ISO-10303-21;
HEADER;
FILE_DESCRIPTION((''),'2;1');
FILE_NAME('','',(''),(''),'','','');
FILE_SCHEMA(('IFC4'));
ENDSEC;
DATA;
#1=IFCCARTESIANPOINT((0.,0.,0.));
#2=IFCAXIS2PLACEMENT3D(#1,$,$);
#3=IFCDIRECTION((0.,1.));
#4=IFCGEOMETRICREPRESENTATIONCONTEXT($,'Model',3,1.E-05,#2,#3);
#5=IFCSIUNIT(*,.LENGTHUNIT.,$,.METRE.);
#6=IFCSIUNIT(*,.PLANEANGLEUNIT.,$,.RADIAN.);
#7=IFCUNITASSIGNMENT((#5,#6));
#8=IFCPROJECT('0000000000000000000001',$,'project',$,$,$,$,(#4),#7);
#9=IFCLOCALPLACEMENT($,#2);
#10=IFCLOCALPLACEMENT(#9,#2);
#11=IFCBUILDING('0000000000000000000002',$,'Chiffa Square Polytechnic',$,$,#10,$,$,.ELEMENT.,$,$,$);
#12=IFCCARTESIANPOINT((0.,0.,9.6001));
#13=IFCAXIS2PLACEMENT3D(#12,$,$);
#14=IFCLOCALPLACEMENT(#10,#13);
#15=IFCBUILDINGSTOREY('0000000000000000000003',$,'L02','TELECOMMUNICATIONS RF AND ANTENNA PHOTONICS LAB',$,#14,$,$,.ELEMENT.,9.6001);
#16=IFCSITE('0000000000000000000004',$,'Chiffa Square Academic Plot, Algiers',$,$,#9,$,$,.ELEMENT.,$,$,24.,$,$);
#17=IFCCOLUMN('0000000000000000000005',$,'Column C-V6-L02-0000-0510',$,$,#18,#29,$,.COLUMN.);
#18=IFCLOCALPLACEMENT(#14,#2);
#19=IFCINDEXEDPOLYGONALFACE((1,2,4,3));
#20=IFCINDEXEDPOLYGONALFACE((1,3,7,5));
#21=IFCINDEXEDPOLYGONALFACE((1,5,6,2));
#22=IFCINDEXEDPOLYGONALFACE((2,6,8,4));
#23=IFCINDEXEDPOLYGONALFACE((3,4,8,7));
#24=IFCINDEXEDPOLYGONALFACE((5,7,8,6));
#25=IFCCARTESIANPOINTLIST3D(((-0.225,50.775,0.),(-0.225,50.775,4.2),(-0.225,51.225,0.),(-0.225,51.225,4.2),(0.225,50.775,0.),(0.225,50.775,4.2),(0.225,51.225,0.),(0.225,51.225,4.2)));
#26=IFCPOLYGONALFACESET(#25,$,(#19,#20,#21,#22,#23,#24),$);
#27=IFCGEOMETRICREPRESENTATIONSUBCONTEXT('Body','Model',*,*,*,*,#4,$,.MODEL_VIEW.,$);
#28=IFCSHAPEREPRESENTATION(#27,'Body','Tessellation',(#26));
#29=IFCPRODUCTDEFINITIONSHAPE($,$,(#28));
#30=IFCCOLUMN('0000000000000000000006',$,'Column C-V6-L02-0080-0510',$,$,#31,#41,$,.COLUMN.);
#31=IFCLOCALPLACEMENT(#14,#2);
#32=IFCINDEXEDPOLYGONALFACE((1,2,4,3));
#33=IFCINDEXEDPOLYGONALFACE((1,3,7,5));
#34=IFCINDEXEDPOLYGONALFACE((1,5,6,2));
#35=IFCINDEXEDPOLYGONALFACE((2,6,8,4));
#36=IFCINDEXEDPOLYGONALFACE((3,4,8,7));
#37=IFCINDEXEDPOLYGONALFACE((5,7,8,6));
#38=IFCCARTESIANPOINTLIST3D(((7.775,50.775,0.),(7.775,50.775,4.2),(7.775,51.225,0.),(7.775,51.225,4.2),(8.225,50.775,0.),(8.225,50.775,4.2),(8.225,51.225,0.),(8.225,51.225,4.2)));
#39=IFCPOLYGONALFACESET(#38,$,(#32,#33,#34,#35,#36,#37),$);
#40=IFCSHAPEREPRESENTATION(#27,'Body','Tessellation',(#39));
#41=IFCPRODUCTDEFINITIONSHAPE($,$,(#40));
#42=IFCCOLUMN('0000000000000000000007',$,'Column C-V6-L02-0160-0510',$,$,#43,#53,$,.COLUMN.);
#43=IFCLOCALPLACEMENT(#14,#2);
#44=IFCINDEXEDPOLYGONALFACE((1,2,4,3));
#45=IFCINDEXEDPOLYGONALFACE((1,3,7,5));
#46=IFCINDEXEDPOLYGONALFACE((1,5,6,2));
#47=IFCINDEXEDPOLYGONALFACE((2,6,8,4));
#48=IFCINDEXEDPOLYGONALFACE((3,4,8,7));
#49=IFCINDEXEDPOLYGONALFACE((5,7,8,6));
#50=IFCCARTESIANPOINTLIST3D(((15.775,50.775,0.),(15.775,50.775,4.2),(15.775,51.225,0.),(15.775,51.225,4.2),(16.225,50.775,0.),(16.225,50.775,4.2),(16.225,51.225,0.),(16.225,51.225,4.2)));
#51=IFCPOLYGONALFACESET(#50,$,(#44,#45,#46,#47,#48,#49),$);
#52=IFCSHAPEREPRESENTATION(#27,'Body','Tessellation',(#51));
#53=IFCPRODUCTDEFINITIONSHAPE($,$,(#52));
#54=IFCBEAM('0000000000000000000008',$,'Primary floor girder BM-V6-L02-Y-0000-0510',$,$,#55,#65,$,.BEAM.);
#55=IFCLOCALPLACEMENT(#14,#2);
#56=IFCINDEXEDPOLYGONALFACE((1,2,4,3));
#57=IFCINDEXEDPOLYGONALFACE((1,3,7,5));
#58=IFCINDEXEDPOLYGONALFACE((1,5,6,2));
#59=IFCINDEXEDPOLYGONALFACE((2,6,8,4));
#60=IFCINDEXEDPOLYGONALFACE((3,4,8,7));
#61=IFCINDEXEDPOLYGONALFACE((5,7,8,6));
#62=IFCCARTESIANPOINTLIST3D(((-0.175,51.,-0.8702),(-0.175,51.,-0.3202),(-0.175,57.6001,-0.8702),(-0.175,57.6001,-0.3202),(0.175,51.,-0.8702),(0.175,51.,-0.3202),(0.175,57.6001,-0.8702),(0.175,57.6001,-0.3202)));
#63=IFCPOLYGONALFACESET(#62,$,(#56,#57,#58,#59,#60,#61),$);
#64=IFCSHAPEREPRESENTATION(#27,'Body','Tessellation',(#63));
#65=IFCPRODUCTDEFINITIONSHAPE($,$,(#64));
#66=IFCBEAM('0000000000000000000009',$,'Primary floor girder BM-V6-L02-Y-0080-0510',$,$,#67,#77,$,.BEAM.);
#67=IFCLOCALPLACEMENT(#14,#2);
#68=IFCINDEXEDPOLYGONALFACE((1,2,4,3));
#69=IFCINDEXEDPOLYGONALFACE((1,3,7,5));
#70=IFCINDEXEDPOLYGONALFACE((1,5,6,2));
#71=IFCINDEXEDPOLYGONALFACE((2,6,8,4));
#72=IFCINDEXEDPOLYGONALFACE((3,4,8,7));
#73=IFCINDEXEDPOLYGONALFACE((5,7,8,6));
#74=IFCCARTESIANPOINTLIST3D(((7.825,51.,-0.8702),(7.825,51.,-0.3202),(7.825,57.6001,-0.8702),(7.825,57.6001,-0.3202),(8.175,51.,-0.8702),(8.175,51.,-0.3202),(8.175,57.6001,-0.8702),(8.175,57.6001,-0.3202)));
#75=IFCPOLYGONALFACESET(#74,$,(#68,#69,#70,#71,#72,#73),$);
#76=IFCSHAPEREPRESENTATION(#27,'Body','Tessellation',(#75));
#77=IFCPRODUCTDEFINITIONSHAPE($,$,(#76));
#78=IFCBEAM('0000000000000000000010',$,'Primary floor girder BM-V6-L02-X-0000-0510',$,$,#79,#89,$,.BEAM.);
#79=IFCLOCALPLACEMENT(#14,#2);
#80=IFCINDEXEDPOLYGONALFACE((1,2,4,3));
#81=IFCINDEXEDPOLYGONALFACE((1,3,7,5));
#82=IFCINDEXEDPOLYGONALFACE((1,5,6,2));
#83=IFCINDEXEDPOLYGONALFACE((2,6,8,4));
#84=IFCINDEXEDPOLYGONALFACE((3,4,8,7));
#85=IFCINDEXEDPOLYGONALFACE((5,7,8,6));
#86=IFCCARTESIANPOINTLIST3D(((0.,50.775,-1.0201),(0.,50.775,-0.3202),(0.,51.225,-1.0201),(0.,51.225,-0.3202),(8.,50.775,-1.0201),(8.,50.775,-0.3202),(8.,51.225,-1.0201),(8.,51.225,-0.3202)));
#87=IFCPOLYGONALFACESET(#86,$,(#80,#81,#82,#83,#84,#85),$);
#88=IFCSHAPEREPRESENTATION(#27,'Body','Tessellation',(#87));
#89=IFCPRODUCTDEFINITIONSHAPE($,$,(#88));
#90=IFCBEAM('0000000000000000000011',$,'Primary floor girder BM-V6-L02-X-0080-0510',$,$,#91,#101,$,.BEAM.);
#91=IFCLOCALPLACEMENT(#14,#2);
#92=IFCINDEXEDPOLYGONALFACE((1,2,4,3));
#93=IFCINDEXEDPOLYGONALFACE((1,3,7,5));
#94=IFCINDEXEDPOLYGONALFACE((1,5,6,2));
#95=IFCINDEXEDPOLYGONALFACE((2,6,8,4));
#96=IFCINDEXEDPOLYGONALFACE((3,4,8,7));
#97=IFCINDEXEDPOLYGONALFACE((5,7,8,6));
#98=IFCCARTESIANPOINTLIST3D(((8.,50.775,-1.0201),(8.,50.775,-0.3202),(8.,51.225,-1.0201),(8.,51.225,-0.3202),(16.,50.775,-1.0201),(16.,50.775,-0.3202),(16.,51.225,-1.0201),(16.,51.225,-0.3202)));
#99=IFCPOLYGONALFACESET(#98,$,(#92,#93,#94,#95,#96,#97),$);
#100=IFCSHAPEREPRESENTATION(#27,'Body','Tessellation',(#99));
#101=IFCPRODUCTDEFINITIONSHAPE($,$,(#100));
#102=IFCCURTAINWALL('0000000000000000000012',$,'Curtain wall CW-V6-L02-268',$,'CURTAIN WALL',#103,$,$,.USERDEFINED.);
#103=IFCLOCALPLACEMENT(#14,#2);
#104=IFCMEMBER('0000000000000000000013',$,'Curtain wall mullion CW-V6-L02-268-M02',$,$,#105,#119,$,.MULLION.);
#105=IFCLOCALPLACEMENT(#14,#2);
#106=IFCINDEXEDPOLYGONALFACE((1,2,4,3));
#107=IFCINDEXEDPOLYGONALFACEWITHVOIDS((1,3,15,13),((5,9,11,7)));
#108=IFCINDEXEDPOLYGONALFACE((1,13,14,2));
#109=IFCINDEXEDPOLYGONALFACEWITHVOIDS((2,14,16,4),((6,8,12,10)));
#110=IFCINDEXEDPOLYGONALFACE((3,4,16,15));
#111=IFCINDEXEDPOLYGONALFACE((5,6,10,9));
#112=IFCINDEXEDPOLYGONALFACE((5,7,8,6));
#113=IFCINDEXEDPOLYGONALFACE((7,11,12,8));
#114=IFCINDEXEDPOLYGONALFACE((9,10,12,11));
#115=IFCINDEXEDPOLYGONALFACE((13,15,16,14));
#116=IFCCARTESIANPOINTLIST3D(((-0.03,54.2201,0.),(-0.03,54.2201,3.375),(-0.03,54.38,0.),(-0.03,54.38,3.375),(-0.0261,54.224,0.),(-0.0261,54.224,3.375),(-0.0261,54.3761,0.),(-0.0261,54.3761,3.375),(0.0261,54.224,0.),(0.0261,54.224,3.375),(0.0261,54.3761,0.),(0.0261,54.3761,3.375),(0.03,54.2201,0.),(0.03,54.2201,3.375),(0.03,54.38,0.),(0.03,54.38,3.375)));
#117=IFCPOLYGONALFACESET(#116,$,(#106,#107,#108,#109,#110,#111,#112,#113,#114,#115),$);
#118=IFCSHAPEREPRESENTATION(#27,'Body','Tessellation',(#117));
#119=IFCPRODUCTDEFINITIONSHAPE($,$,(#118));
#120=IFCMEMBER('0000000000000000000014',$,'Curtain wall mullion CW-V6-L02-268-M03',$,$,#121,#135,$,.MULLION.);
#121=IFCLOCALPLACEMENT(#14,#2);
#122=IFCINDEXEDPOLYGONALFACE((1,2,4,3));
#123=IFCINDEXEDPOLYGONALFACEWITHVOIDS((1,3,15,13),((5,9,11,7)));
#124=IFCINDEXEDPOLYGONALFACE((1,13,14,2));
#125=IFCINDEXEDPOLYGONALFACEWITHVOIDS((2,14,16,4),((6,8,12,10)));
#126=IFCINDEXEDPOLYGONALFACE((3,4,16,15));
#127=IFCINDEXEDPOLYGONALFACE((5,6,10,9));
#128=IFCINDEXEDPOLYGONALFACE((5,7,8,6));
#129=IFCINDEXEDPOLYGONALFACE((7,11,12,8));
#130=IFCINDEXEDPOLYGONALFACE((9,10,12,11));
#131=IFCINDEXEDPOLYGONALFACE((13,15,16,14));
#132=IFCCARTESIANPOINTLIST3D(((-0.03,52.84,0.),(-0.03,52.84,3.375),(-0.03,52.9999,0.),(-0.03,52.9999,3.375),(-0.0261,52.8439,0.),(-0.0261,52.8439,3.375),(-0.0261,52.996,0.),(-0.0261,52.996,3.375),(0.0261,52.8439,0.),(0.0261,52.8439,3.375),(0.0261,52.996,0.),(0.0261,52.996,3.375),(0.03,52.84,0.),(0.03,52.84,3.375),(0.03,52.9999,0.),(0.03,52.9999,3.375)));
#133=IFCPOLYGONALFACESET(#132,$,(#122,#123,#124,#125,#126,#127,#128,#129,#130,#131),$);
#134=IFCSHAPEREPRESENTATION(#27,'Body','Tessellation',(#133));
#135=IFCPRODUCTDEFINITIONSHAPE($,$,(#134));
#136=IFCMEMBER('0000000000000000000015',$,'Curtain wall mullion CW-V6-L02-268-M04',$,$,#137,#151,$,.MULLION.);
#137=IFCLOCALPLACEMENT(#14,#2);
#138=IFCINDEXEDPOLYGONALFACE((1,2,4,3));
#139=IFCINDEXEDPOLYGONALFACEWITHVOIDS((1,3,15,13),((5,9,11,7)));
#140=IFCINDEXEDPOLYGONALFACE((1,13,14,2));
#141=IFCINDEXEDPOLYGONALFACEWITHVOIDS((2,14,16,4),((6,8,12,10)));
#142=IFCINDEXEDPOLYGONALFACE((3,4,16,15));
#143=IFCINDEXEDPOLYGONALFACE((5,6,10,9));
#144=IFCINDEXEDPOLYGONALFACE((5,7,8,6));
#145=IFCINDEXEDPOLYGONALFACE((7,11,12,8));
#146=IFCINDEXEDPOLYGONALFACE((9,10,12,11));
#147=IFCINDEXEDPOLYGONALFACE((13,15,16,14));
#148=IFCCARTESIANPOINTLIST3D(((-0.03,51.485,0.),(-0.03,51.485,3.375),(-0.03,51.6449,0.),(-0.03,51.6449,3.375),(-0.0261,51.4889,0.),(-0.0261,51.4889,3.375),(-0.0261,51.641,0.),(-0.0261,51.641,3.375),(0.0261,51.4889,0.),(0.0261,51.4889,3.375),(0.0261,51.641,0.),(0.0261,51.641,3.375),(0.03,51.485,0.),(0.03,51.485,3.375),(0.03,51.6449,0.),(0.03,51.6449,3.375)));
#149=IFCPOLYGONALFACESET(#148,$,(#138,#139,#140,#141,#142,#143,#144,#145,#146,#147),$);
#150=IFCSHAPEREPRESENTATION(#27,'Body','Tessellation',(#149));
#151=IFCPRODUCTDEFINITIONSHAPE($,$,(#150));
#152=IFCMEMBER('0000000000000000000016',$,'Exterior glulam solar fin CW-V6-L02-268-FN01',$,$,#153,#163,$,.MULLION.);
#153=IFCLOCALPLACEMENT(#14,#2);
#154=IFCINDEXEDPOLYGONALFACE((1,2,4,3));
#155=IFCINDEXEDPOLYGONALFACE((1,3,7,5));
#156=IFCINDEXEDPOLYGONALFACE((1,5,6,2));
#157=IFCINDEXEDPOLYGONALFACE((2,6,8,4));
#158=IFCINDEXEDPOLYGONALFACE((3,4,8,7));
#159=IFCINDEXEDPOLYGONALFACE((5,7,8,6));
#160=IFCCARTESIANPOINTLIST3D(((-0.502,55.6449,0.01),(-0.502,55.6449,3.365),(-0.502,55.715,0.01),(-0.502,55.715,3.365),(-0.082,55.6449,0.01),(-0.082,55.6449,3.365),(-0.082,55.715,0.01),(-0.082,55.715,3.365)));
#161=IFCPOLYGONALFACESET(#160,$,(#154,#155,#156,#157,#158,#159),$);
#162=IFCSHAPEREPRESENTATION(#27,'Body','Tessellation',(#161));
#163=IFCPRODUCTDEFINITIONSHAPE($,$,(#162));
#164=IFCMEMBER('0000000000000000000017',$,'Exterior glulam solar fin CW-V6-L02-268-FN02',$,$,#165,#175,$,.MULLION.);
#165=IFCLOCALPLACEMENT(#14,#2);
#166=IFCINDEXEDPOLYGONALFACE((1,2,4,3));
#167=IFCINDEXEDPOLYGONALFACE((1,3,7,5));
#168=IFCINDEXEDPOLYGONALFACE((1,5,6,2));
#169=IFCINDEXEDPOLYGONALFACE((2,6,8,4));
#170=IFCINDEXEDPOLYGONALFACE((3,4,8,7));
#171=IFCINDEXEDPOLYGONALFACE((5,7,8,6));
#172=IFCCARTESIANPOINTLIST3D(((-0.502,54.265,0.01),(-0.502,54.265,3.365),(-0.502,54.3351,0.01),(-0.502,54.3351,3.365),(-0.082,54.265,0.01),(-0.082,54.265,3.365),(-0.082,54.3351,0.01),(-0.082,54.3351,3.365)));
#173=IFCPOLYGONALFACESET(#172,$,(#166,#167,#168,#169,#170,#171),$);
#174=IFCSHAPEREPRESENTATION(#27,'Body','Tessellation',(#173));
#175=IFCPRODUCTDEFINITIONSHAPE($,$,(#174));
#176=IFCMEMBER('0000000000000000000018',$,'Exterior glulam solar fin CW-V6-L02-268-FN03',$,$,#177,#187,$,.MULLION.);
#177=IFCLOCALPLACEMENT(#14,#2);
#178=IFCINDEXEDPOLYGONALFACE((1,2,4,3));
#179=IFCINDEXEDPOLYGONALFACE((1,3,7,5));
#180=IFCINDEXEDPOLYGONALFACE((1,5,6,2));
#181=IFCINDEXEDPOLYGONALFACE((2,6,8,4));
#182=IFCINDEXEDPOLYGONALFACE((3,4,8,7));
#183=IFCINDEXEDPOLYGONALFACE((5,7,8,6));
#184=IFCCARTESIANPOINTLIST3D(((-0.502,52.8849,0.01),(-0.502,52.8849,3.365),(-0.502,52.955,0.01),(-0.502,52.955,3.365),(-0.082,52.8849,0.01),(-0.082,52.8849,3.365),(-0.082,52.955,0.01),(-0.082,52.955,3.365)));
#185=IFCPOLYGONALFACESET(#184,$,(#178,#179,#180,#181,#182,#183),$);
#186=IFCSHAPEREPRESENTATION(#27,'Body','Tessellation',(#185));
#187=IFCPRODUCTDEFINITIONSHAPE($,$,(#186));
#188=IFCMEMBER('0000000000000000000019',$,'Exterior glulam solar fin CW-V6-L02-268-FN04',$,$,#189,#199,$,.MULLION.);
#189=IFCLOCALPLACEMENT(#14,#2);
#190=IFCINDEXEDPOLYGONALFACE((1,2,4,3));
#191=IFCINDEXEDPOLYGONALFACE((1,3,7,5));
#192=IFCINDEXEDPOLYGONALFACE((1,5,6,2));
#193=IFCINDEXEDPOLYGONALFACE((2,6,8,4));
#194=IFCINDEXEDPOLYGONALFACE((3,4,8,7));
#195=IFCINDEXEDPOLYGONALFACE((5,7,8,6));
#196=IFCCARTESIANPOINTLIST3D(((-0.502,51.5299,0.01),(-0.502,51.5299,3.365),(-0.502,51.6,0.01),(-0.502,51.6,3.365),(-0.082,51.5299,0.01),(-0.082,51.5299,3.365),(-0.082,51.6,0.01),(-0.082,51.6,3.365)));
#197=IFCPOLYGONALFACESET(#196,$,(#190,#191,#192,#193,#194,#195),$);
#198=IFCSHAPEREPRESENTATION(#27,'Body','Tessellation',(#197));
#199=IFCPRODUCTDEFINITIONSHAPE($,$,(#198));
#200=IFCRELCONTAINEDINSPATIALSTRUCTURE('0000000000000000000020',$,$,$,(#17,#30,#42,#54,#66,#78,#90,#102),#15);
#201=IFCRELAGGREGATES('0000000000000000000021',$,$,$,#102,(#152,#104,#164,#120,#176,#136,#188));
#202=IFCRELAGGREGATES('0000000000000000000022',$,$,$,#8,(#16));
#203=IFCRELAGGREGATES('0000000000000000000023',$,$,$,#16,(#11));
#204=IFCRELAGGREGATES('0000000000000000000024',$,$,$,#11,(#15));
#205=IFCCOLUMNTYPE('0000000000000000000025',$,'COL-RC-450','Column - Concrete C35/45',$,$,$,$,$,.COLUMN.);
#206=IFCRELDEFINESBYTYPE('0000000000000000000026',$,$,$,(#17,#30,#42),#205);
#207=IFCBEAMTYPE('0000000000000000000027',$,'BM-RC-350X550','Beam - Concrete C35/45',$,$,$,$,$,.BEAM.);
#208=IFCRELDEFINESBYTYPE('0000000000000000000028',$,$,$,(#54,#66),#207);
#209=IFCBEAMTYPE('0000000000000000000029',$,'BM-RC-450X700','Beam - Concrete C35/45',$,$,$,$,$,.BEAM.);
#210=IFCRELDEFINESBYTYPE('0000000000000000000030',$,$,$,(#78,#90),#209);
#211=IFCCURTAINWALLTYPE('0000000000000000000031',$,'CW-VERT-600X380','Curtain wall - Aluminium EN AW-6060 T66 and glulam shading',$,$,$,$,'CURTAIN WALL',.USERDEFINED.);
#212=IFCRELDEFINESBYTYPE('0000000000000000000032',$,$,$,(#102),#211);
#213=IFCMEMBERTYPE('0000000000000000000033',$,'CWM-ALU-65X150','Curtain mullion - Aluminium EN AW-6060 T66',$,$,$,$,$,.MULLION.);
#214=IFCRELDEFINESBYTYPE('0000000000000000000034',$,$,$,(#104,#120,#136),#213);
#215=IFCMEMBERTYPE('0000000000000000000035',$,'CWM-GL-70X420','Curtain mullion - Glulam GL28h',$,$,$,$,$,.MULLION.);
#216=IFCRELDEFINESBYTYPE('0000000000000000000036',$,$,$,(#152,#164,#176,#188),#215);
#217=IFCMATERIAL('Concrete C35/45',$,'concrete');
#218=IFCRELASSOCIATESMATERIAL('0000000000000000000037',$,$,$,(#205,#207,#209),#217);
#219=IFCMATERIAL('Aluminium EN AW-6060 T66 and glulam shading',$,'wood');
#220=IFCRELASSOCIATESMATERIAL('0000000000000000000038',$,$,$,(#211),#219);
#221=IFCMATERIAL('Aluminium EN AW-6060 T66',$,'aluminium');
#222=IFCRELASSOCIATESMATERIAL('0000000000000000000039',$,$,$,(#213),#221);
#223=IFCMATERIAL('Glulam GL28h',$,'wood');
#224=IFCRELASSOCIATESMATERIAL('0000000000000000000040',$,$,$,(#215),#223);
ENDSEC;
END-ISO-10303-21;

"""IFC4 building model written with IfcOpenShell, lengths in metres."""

from ifc_helpers import new_model, si_unit, direction, frame, origin, origin_2d, place, context, subcontext, project, spatial, rectangle, hollow_rectangle, extrude, material, material_profile, profile_set, type_object, element, aggregate, save


model = new_model("IFC4")

# Units and contexts
model_context = context("Model", 3, precision=1e-05, world=origin(), true_north=direction((0.0, 1.0)))
body_context = subcontext(model_context, "Body", "Model", "MODEL_VIEW")
ifc_project = project(units=[si_unit("LENGTHUNIT", "METRE"), si_unit("PLANEANGLEUNIT", "RADIAN")], contexts=[model_context])

# Site, building, storey
site_placement = place(None, origin())
site = spatial("IfcSite", under=ifc_project, at=site_placement, Name="Chiffa Square Academic Plot, Algiers", CompositionType="ELEMENT", RefElevation=24.0)
building_placement = place(site_placement, origin())
building = spatial("IfcBuilding", under=site, at=building_placement, Name="Chiffa Square Polytechnic", CompositionType="ELEMENT")
storey_placement = place(building_placement, frame((0.0, 0.0, 9.6001)))
storey = spatial("IfcBuildingStorey", under=building, at=storey_placement, Name="L02", Description="TELECOMMUNICATIONS RF AND ANTENNA PHOTONICS LAB", CompositionType="ELEMENT", Elevation=9.6001)

# Columns
ifc_material_1 = material(Name="Concrete C35/45", Category="concrete")
ifc_material_profile_1 = material_profile(ifc_material_1, rectangle(XDim=0.45, YDim=0.45, at=origin_2d()), Name="RC 450x450")
ifc_profile_set_1 = profile_set([ifc_material_profile_1], Name="Concrete C35/45")
column_type = type_object("IfcColumnType", Name="COL-RC-450", Description="Column - Concrete C35/45", PredefinedType="COLUMN", material=ifc_profile_set_1)
for number, where, z_axis, x_axis, name in (
    (1, (0.0, 51.0, 0.0), (0.0, 0.0, 1.0), (1.0, 0.0, 0.0), "Column C-V6-L02-0000-0510"),
    (2, (8.0, 51.0, 0.0), (0.0, 0.0, 1.0), (1.0, 0.0, 0.0), "Column C-V6-L02-0080-0510"),
    (3, (16.0, 51.0, 0.0), (0.0, 0.0, 1.0), (1.0, 0.0, 0.0), "Column C-V6-L02-0160-0510"),
):
    element("IfcColumn", number, at=place(storey_placement, frame(where, z_axis=z_axis, x_axis=x_axis)), inside=storey, type_object=column_type, Name=name, PredefinedType="COLUMN", context=body_context, shape_type="SweptSolid", body=[
        extrude(rectangle(XDim=0.45, YDim=0.45, at=origin_2d()), origin(), (0.0, 0.0, 1.0), 4.2),
    ])

# Beams
ifc_material_profile_2 = material_profile(ifc_material_1, rectangle(XDim=0.3501, YDim=0.55, at=origin_2d()), Name="RC 350x550")
ifc_profile_set_2 = profile_set([ifc_material_profile_2], Name="Concrete C35/45")
beam_type_1 = type_object("IfcBeamType", Name="BM-RC-350X550", Description="Beam - Concrete C35/45", PredefinedType="BEAM", material=ifc_profile_set_2)
for number, where, z_axis, x_axis, name in (
    (4, (0.0, 51.0, -0.5952), (0.0, 1.0, 0.0), (-1.0, 0.0, 0.0), "Primary floor girder BM-V6-L02-Y-0000-0510"),
    (5, (8.0, 51.0, -0.5952), (0.0, 1.0, 0.0), (-1.0, 0.0, 0.0), "Primary floor girder BM-V6-L02-Y-0080-0510"),
):
    element("IfcBeam", number, at=place(storey_placement, frame(where, z_axis=z_axis, x_axis=x_axis)), inside=storey, type_object=beam_type_1, Name=name, PredefinedType="BEAM", context=body_context, shape_type="SweptSolid", body=[
        extrude(rectangle(XDim=0.3501, YDim=0.55, at=origin_2d()), origin(), (0.0, 0.0, 1.0), 6.6001),
    ])
ifc_material_profile_3 = material_profile(ifc_material_1, rectangle(XDim=0.45, YDim=0.7, at=origin_2d()), Name="RC 450x700")
ifc_profile_set_3 = profile_set([ifc_material_profile_3], Name="Concrete C35/45")
beam_type_2 = type_object("IfcBeamType", Name="BM-RC-450X700", Description="Beam - Concrete C35/45", PredefinedType="BEAM", material=ifc_profile_set_3)
for number, where, z_axis, x_axis, name in (
    (6, (0.0, 51.0, -0.6702), (1.0, 0.0, 0.0), (0.0, 1.0, 0.0), "Primary floor girder BM-V6-L02-X-0000-0510"),
    (7, (8.0, 51.0, -0.6702), (1.0, 0.0, 0.0), (0.0, 1.0, 0.0), "Primary floor girder BM-V6-L02-X-0080-0510"),
):
    element("IfcBeam", number, at=place(storey_placement, frame(where, z_axis=z_axis, x_axis=x_axis)), inside=storey, type_object=beam_type_2, Name=name, PredefinedType="BEAM", context=body_context, shape_type="SweptSolid", body=[
        extrude(rectangle(XDim=0.45, YDim=0.7, at=origin_2d()), origin(), (0.0, 0.0, 1.0), 8.0),
    ])

# Curtain wall, members
ifc_material_2 = material(Name="Aluminium EN AW-6060 T66 and glulam shading", Category="wood")
curtain_wall_type = type_object("IfcCurtainWallType", Name="CW-VERT-600X380", Description="Curtain wall - Aluminium EN AW-6060 T66 and glulam shading", ElementType="CURTAIN WALL", PredefinedType="USERDEFINED", material=ifc_material_2)
curtain_wall_placement = place(storey_placement, origin())
curtain_wall = element("IfcCurtainWall", 8, at=curtain_wall_placement, inside=storey, type_object=curtain_wall_type, Name="Curtain wall CW-V6-L02-268", ObjectType="CURTAIN WALL", PredefinedType="USERDEFINED")
ifc_material_3 = material(Name="Aluminium EN AW-6060 T66", Category="aluminium")
ifc_material_profile_4 = material_profile(ifc_material_3, hollow_rectangle(XDim=0.0601, YDim=0.1599, WallThickness=0.0039, at=origin_2d()), Name="ALU 60x160x4")
ifc_profile_set_4 = profile_set([ifc_material_profile_4], Name="Aluminium EN AW-6060 T66")
member_type_1 = type_object("IfcMemberType", Name="CWM-ALU-65X150", Description="Curtain mullion - Aluminium EN AW-6060 T66", PredefinedType="MULLION", material=ifc_profile_set_4)
member_1_placement = place(storey_placement, frame((0.0, 54.3, 0.0), z_axis=(0.0, 0.0, 1.0), x_axis=(1.0, 0.0, 0.0)))
member_1 = element("IfcMember", 9, at=member_1_placement, type_object=member_type_1, Name="Curtain wall mullion CW-V6-L02-268-M02", PredefinedType="MULLION", context=body_context, shape_type="SweptSolid", body=[
    extrude(hollow_rectangle(XDim=0.0601, YDim=0.1599, WallThickness=0.0039, at=origin_2d()), origin(), (0.0, 0.0, 1.0), 3.375),
])
member_2_placement = place(storey_placement, frame((0.0, 52.9199, 0.0), z_axis=(0.0, 0.0, 1.0), x_axis=(1.0, 0.0, 0.0)))
member_2 = element("IfcMember", 10, at=member_2_placement, type_object=member_type_1, Name="Curtain wall mullion CW-V6-L02-268-M03", PredefinedType="MULLION", context=body_context, shape_type="SweptSolid", body=[
    extrude(hollow_rectangle(XDim=0.0601, YDim=0.1599, WallThickness=0.0039, at=origin_2d()), origin(), (0.0, 0.0, 1.0), 3.375),
])
member_3_placement = place(storey_placement, frame((0.0, 51.5649, 0.0), z_axis=(0.0, 0.0, 1.0), x_axis=(1.0, 0.0, 0.0)))
member_3 = element("IfcMember", 11, at=member_3_placement, type_object=member_type_1, Name="Curtain wall mullion CW-V6-L02-268-M04", PredefinedType="MULLION", context=body_context, shape_type="SweptSolid", body=[
    extrude(hollow_rectangle(XDim=0.0601, YDim=0.1599, WallThickness=0.0039, at=origin_2d()), origin(), (0.0, 0.0, 1.0), 3.375),
])
ifc_material_4 = material(Name="Glulam GL28h", Category="wood")
ifc_material_profile_5 = material_profile(ifc_material_4, rectangle(XDim=0.0701, YDim=0.4199, at=origin_2d()), Name="GL28h 70x420")
ifc_profile_set_5 = profile_set([ifc_material_profile_5], Name="Glulam GL28h")
member_type_2 = type_object("IfcMemberType", Name="CWM-GL-70X420", Description="Curtain mullion - Glulam GL28h", PredefinedType="MULLION", material=ifc_profile_set_5)
member_4_placement = place(storey_placement, frame((-0.292, 55.6799, 0.01), z_axis=(0.0, 0.0, 1.0), x_axis=(0.0, -1.0, 0.0)))
member_4 = element("IfcMember", 12, at=member_4_placement, type_object=member_type_2, Name="Exterior glulam solar fin CW-V6-L02-268-FN01", PredefinedType="MULLION", context=body_context, shape_type="SweptSolid", body=[
    extrude(rectangle(XDim=0.0701, YDim=0.4199, at=origin_2d()), origin(), (0.0, 0.0, 1.0), 3.355),
])
member_5_placement = place(storey_placement, frame((-0.292, 54.3, 0.01), z_axis=(0.0, 0.0, 1.0), x_axis=(0.0, -1.0, 0.0)))
member_5 = element("IfcMember", 13, at=member_5_placement, type_object=member_type_2, Name="Exterior glulam solar fin CW-V6-L02-268-FN02", PredefinedType="MULLION", context=body_context, shape_type="SweptSolid", body=[
    extrude(rectangle(XDim=0.0701, YDim=0.4199, at=origin_2d()), origin(), (0.0, 0.0, 1.0), 3.355),
])
member_6_placement = place(storey_placement, frame((-0.292, 52.9199, 0.01), z_axis=(0.0, 0.0, 1.0), x_axis=(0.0, -1.0, 0.0)))
member_6 = element("IfcMember", 14, at=member_6_placement, type_object=member_type_2, Name="Exterior glulam solar fin CW-V6-L02-268-FN03", PredefinedType="MULLION", context=body_context, shape_type="SweptSolid", body=[
    extrude(rectangle(XDim=0.0701, YDim=0.4199, at=origin_2d()), origin(), (0.0, 0.0, 1.0), 3.355),
])
member_7_placement = place(storey_placement, frame((-0.292, 51.5649, 0.01), z_axis=(0.0, 0.0, 1.0), x_axis=(0.0, -1.0, 0.0)))
member_7 = element("IfcMember", 15, at=member_7_placement, type_object=member_type_2, Name="Exterior glulam solar fin CW-V6-L02-268-FN04", PredefinedType="MULLION", context=body_context, shape_type="SweptSolid", body=[
    extrude(rectangle(XDim=0.0701, YDim=0.4199, at=origin_2d()), origin(), (0.0, 0.0, 1.0), 3.355),
])

aggregate(curtain_wall, [member_4, member_1, member_5, member_2, member_6, member_3, member_7])

save(model, "model.ifc")
